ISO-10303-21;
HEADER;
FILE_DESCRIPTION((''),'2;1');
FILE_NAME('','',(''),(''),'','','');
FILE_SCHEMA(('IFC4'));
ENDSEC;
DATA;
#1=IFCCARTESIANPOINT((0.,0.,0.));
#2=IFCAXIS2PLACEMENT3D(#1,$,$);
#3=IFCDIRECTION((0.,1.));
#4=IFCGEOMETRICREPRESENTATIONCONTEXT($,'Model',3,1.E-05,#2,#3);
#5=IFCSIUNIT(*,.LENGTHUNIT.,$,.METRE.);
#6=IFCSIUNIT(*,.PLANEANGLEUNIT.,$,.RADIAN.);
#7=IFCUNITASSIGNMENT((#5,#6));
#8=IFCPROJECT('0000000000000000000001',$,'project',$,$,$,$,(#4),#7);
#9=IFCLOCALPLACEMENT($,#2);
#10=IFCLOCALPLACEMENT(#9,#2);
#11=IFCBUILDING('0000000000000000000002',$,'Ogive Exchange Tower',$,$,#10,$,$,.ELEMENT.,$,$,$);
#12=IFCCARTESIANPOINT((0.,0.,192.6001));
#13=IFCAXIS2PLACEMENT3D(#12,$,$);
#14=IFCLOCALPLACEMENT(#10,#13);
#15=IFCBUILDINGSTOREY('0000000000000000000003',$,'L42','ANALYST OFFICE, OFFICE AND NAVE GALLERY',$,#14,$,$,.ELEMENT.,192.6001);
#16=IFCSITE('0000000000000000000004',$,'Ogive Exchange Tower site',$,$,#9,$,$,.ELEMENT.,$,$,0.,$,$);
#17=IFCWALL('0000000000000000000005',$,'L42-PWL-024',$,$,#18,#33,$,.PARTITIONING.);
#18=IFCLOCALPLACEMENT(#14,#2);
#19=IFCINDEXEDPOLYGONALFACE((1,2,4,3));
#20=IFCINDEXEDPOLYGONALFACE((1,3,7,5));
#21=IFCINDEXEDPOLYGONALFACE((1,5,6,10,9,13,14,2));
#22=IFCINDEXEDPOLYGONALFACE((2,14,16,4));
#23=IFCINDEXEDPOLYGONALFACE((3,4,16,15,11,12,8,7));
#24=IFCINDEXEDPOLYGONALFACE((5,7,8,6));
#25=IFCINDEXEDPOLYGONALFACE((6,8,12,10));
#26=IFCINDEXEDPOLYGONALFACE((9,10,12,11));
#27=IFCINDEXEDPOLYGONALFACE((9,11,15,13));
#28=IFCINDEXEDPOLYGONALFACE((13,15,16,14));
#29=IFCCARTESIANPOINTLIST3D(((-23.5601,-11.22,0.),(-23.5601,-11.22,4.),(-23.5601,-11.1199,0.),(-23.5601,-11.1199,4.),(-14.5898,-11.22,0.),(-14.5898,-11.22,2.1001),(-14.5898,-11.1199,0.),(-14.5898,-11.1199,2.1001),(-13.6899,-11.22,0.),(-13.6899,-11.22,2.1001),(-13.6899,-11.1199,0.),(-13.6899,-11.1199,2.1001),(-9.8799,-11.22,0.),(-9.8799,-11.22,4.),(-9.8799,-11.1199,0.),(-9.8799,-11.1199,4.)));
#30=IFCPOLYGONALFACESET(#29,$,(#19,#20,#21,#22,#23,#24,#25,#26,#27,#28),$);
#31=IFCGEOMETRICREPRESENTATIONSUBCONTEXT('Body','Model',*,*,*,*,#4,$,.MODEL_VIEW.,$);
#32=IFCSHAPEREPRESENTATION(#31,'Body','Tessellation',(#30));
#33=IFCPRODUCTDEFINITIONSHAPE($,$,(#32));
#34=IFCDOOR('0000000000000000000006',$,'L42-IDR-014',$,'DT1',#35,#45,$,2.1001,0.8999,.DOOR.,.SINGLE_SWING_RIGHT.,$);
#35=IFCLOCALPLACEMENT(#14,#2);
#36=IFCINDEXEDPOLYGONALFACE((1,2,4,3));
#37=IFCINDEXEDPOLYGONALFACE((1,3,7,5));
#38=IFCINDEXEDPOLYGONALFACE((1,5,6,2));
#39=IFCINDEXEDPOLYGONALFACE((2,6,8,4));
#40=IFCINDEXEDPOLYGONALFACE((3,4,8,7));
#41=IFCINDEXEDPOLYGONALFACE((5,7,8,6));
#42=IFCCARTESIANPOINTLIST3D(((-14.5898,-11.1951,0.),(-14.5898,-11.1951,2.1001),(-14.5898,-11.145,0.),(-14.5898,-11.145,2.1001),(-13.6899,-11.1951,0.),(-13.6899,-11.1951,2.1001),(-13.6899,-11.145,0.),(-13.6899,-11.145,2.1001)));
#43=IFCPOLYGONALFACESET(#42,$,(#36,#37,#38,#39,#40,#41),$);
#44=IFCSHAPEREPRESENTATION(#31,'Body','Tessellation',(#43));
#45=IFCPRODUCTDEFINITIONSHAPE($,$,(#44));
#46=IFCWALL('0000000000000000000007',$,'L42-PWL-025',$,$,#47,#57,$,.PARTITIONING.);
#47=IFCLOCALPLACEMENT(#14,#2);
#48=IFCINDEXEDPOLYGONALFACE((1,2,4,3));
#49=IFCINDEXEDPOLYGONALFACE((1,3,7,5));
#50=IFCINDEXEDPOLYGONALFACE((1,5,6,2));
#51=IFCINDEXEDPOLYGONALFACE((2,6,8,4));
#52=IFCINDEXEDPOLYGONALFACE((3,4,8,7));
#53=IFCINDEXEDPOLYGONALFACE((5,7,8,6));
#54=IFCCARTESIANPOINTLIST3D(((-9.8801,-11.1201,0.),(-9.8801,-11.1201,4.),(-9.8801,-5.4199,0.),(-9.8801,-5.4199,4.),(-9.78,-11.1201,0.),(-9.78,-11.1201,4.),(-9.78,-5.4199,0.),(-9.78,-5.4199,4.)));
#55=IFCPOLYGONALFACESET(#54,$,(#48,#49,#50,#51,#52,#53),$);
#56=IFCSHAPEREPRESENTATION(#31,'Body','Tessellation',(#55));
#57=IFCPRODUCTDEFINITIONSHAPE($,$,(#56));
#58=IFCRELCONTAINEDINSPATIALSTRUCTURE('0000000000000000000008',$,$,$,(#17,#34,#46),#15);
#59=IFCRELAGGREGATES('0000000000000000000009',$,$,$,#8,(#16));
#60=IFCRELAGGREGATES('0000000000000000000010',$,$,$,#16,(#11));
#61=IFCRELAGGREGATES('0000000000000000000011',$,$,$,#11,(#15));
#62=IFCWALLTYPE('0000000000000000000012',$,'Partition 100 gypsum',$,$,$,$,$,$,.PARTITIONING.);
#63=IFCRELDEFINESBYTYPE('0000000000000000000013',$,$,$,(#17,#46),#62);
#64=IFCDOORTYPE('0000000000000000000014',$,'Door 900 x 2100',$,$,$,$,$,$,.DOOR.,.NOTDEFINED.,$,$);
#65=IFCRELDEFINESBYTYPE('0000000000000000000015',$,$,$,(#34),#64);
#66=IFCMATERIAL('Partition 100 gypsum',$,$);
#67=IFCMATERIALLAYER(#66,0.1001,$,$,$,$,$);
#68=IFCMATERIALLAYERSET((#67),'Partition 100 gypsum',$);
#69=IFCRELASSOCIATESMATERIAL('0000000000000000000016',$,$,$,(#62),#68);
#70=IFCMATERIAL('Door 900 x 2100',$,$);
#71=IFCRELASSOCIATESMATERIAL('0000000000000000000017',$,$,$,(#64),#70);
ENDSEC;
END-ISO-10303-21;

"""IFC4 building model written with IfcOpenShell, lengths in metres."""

from ifc_helpers import new_model, si_unit, direction, frame, frame_2d, origin, place, context, subcontext, project, spatial, rectangle, extrude, material, layer, layer_set, type_object, element, fill, save


model = new_model("IFC4")

# Units and contexts
model_context = context("Model", 3, precision=1e-05, world=origin(), true_north=direction((0.0, 1.0)))
body_context = subcontext(model_context, "Body", "Model", "MODEL_VIEW")
ifc_project = project(units=[si_unit("LENGTHUNIT", "METRE"), si_unit("PLANEANGLEUNIT", "RADIAN")], contexts=[model_context])

# Site, building, storey
site_placement = place(None, origin())
site = spatial("IfcSite", under=ifc_project, at=site_placement, Name="Ogive Exchange Tower site", CompositionType="ELEMENT", RefElevation=0.0)
building_placement = place(site_placement, origin())
building = spatial("IfcBuilding", under=site, at=building_placement, Name="Ogive Exchange Tower", CompositionType="ELEMENT")
storey_placement = place(building_placement, frame((0.0, 0.0, 192.6001)))
storey = spatial("IfcBuildingStorey", under=building, at=storey_placement, Name="L42", Description="ANALYST OFFICE, OFFICE AND NAVE GALLERY", CompositionType="ELEMENT", Elevation=192.6001)

# Shared definitions
ifc_material_1 = material(Name="Partition 100 gypsum")
ifc_layer_1 = layer(ifc_material_1, 0.1001)
ifc_layer_set_1 = layer_set([ifc_layer_1], Name="Partition 100 gypsum")
wall_type_1 = type_object("IfcWallType", Name="Partition 100 gypsum", PredefinedType="PARTITIONING", material=ifc_layer_set_1)

# Wall, opening, door
wall_1_placement = place(storey_placement, frame((-9.8799, -11.1699, 0.0), z_axis=(0.0, 0.0, 1.0), x_axis=(-1.0, 0.0, 0.0)))
wall_1 = element("IfcWall", 1, at=wall_1_placement, inside=storey, type_object=wall_type_1, Name="L42-PWL-024", PredefinedType="PARTITIONING", context=body_context, shape_type="SweptSolid", body=[
    extrude(rectangle(XDim=13.6802, YDim=0.1001, at=frame_2d((6.8401, 0.0))), origin(), (0.0, 0.0, 1.0), 4.0),
])
opening_1_placement = place(wall_1_placement, frame((3.8101, 0.0, 0.0)))
opening_1 = element("IfcOpeningElement", 2, at=opening_1_placement, cuts=wall_1, PredefinedType="OPENING", context=body_context, shape_type="SweptSolid", body=[
    extrude(rectangle(XDim=0.8999, YDim=2.1001, at=frame_2d((0.45, 1.05))), frame((0.0, 0.0601, 0.0), z_axis=(0.0, -1.0, 0.0), x_axis=(1.0, 0.0, 0.0)), (0.0, 0.0, 1.0), 0.1201),
])
ifc_material_2 = material(Name="Door 900 x 2100")
door_type_1 = type_object("IfcDoorType", Name="Door 900 x 2100", OperationType="NOTDEFINED", PredefinedType="DOOR", material=ifc_material_2)
door_1_placement = place(opening_1_placement, frame((0.8999, 0.0, 0.0), z_axis=(0.0, 0.0, 1.0), x_axis=(-1.0, 0.0, 0.0)))
door_1 = element("IfcDoor", 3, at=door_1_placement, inside=storey, type_object=door_type_1, Name="L42-IDR-014", ObjectType="DT1", OperationType="SINGLE_SWING_RIGHT", OverallHeight=2.1001, OverallWidth=0.8999, PredefinedType="DOOR", context=body_context, shape_type="SweptSolid", body=[
    extrude(rectangle(XDim=0.8999, YDim=2.1001, at=frame_2d((0.45, 1.05))), frame((0.0, 0.0249, 0.0), z_axis=(0.0, -1.0, 0.0), x_axis=(1.0, 0.0, 0.0)), (0.0, 0.0, 1.0), 0.05),
])
fill(opening_1, door_1)

# Wall
wall_2_placement = place(storey_placement, frame((-9.8301, -11.1201, 0.0), z_axis=(0.0, 0.0, 1.0), x_axis=(0.0, 1.0, 0.0)))
element("IfcWall", 4, at=wall_2_placement, inside=storey, type_object=wall_type_1, Name="L42-PWL-025", PredefinedType="PARTITIONING", context=body_context, shape_type="SweptSolid", body=[
    extrude(rectangle(XDim=5.7002, YDim=0.1001, at=frame_2d((2.8501, 0.0))), origin(), (0.0, 0.0, 1.0), 4.0),
])

save(model, "model.ifc")
